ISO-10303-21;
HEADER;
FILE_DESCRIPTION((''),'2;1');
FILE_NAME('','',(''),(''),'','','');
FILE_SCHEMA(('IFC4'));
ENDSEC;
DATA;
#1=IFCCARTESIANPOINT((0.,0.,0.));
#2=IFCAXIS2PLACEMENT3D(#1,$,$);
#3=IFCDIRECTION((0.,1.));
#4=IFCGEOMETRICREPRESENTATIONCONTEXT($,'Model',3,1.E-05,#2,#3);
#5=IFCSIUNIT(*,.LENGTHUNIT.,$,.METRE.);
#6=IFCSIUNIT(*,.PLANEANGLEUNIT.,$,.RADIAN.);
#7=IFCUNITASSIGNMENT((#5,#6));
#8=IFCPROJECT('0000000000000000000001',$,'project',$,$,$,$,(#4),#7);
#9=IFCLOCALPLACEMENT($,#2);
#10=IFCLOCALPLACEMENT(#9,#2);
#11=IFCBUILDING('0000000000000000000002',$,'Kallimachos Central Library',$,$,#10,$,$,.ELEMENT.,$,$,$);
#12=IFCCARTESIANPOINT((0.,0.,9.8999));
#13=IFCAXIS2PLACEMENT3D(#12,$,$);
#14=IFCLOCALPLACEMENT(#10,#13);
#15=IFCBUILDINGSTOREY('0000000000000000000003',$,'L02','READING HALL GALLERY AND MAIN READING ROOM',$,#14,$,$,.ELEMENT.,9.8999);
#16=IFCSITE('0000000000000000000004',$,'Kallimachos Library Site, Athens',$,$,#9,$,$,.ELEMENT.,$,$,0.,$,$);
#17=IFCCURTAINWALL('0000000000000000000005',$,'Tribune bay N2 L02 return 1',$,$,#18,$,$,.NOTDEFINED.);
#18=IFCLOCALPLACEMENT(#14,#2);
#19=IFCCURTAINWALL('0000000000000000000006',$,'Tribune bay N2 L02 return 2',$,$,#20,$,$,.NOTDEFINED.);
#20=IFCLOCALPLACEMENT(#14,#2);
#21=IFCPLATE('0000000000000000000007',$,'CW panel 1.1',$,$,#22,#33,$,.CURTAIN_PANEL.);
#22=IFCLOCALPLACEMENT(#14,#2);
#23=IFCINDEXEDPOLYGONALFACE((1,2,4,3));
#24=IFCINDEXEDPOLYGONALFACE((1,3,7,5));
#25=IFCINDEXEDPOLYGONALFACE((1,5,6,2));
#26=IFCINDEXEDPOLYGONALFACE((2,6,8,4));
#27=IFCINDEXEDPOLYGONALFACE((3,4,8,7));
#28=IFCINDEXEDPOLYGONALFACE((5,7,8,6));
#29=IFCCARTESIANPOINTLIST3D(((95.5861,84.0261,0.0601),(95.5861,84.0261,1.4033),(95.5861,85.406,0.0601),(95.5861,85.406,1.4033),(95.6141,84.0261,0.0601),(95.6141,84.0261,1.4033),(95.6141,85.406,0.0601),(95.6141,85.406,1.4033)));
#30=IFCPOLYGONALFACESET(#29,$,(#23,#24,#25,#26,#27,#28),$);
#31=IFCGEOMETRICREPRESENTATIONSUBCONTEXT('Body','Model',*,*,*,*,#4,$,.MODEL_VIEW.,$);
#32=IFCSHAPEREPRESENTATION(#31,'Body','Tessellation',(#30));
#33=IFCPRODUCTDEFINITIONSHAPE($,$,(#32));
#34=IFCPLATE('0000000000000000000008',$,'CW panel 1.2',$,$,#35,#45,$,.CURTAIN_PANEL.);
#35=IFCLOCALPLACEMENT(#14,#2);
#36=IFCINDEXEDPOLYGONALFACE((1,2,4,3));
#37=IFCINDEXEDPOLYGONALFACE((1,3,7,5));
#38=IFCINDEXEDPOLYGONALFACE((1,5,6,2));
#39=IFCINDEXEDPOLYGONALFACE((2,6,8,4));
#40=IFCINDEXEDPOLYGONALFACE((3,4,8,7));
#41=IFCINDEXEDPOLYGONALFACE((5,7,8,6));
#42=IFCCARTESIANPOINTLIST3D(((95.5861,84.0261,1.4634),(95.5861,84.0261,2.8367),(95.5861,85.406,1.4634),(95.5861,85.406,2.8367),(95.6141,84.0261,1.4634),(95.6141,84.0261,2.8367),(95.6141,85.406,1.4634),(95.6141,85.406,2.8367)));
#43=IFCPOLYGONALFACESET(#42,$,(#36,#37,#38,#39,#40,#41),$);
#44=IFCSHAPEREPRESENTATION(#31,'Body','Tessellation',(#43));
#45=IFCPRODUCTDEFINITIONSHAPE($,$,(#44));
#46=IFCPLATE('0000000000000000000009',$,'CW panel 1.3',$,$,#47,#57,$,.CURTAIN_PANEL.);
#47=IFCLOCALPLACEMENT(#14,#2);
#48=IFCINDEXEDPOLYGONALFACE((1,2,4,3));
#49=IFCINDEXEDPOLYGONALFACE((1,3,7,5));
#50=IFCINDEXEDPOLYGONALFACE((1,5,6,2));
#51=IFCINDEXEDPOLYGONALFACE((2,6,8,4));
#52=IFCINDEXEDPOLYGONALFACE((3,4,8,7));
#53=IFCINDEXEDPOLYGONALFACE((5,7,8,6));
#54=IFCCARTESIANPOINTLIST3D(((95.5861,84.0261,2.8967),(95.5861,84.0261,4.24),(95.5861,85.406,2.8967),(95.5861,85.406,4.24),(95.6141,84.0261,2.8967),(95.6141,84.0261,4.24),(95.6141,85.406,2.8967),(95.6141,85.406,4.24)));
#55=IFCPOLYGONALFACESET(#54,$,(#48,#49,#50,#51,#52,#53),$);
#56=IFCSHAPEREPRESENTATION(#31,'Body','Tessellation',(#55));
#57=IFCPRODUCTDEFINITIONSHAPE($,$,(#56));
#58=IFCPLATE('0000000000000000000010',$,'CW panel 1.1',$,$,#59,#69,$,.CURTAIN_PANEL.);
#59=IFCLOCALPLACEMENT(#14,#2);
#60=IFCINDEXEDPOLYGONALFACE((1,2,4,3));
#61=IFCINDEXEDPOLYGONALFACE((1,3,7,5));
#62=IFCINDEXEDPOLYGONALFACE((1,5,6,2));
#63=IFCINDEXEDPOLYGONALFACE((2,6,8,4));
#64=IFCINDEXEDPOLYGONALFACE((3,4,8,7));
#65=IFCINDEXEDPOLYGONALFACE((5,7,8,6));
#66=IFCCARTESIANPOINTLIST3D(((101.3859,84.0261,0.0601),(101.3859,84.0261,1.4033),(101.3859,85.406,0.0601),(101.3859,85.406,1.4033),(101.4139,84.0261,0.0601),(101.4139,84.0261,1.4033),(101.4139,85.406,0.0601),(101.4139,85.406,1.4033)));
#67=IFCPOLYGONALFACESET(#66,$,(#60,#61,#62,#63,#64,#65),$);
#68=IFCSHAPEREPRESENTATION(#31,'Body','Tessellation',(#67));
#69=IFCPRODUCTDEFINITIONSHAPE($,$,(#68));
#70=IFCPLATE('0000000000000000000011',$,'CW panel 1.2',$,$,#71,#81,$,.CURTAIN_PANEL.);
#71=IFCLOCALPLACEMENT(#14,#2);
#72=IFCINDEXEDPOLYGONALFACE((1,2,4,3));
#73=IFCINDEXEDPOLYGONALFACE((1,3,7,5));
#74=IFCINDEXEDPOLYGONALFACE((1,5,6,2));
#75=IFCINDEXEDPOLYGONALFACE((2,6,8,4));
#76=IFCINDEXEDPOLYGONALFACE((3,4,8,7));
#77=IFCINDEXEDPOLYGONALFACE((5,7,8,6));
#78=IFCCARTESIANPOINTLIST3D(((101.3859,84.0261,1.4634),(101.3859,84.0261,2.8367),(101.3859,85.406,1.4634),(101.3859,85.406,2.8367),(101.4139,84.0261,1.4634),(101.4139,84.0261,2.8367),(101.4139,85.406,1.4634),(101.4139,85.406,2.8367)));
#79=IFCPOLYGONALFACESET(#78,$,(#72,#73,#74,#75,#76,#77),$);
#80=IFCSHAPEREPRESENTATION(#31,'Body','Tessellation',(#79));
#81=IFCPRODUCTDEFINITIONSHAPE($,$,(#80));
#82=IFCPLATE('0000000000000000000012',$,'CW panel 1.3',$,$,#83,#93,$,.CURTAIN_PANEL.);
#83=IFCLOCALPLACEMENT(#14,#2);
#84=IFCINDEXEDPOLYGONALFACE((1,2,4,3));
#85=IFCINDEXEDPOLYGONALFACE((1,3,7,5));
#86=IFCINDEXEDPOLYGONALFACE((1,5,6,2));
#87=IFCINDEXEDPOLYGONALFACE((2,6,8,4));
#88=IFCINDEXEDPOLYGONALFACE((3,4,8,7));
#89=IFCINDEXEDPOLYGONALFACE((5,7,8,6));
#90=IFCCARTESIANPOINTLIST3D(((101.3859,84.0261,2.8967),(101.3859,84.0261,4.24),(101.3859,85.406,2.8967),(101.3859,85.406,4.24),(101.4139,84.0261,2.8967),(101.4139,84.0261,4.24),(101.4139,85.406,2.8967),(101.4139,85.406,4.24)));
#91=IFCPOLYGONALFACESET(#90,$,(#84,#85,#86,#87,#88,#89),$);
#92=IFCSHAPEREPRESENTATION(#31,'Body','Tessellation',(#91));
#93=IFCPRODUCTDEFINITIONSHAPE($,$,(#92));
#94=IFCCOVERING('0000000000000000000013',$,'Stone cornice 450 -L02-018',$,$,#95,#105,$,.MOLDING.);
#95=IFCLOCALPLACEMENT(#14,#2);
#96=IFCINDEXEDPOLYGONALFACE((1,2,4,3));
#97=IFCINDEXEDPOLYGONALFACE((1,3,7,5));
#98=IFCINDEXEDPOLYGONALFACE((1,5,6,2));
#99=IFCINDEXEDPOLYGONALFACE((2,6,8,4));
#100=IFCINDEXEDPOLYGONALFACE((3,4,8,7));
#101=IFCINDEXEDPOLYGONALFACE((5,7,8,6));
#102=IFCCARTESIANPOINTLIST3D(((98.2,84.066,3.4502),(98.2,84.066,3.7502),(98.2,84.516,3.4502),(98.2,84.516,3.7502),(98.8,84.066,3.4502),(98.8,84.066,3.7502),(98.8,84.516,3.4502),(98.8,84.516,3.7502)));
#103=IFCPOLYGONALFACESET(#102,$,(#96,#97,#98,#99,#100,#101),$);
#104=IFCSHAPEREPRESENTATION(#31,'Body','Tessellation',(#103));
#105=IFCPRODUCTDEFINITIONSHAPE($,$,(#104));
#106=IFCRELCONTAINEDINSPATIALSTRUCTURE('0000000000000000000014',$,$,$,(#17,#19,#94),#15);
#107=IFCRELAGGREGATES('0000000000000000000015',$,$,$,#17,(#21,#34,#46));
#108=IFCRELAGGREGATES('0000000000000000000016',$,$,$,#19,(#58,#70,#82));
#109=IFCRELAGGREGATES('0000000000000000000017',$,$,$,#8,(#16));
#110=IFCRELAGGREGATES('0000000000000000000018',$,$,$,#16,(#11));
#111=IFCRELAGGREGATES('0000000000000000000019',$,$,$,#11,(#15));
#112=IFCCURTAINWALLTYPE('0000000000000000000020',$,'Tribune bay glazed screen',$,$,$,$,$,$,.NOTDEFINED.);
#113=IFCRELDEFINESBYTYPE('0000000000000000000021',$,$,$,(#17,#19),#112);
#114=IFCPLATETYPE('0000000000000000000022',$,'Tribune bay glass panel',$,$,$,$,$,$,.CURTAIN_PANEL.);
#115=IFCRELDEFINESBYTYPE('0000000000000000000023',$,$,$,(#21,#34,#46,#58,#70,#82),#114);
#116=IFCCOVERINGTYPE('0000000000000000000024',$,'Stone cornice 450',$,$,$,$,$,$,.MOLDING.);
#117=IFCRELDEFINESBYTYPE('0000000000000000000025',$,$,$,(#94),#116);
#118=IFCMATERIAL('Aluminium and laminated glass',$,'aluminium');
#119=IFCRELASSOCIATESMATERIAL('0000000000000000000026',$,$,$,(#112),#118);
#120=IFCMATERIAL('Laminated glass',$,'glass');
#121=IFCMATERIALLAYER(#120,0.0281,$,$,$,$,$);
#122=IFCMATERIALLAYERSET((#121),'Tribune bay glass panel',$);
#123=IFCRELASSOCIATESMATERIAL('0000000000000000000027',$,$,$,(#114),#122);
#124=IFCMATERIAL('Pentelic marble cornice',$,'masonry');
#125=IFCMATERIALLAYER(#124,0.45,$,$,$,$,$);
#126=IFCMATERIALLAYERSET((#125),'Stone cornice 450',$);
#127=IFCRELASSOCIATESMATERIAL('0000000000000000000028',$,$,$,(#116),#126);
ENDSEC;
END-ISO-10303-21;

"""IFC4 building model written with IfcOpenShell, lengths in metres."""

from ifc_helpers import new_model, si_unit, direction, frame, origin, origin_2d, place, context, subcontext, project, spatial, rectangle, extrude, material, layer, layer_set, type_object, element, aggregate, save


model = new_model("IFC4")

# Units and contexts
model_context = context("Model", 3, precision=1e-05, world=origin(), true_north=direction((0.0, 1.0)))
body_context = subcontext(model_context, "Body", "Model", "MODEL_VIEW")
ifc_project = project(units=[si_unit("LENGTHUNIT", "METRE"), si_unit("PLANEANGLEUNIT", "RADIAN")], contexts=[model_context])

# Site, building, storey
site_placement = place(None, origin())
site = spatial("IfcSite", under=ifc_project, at=site_placement, Name="Kallimachos Library Site, Athens", CompositionType="ELEMENT", RefElevation=0.0)
building_placement = place(site_placement, origin())
building = spatial("IfcBuilding", under=site, at=building_placement, Name="Kallimachos Central Library", CompositionType="ELEMENT")
storey_placement = place(building_placement, frame((0.0, 0.0, 9.8999)))
storey = spatial("IfcBuildingStorey", under=building, at=storey_placement, Name="L02", Description="READING HALL GALLERY AND MAIN READING ROOM", CompositionType="ELEMENT", Elevation=9.8999)

# Shared definitions
ifc_material_1 = material(Name="Aluminium and laminated glass", Category="aluminium")
curtain_wall_type = type_object("IfcCurtainWallType", Name="Tribune bay glazed screen", PredefinedType="NOTDEFINED", material=ifc_material_1)

# Curtain walls
curtain_wall_1_placement = place(storey_placement, origin())
curtain_wall_1 = element("IfcCurtainWall", 1, at=curtain_wall_1_placement, inside=storey, type_object=curtain_wall_type, Name="Tribune bay N2 L02 return 1", PredefinedType="NOTDEFINED")
curtain_wall_2_placement = place(storey_placement, origin())
curtain_wall_2 = element("IfcCurtainWall", 2, at=curtain_wall_2_placement, inside=storey, type_object=curtain_wall_type, Name="Tribune bay N2 L02 return 2", PredefinedType="NOTDEFINED")

# Plates
ifc_material_2 = material(Name="Laminated glass", Category="glass")
ifc_layer_1 = layer(ifc_material_2, 0.0281)
ifc_layer_set_1 = layer_set([ifc_layer_1], Name="Tribune bay glass panel")
plate_type = type_object("IfcPlateType", Name="Tribune bay glass panel", PredefinedType="CURTAIN_PANEL", material=ifc_layer_set_1)
plate_1_placement = place(storey_placement, frame((95.6001, 84.7161, 0.0601), z_axis=(0.0, 0.0, 1.0), x_axis=(0.0, 1.0, 0.0)))
plate_1 = element("IfcPlate", 3, at=plate_1_placement, type_object=plate_type, Name="CW panel 1.1", PredefinedType="CURTAIN_PANEL", context=body_context, shape_type="SweptSolid", body=[
    extrude(rectangle(XDim=1.3799, YDim=0.0281, at=origin_2d()), origin(), (0.0, 0.0, 1.0), 1.3433),
])
plate_2_placement = place(storey_placement, frame((95.6001, 84.7161, 1.4634), z_axis=(0.0, 0.0, 1.0), x_axis=(0.0, 1.0, 0.0)))
plate_2 = element("IfcPlate", 4, at=plate_2_placement, type_object=plate_type, Name="CW panel 1.2", PredefinedType="CURTAIN_PANEL", context=body_context, shape_type="SweptSolid", body=[
    extrude(rectangle(XDim=1.3799, YDim=0.0281, at=origin_2d()), origin(), (0.0, 0.0, 1.0), 1.3733),
])
plate_3_placement = place(storey_placement, frame((95.6001, 84.7161, 2.8967), z_axis=(0.0, 0.0, 1.0), x_axis=(0.0, 1.0, 0.0)))
plate_3 = element("IfcPlate", 5, at=plate_3_placement, type_object=plate_type, Name="CW panel 1.3", PredefinedType="CURTAIN_PANEL", context=body_context, shape_type="SweptSolid", body=[
    extrude(rectangle(XDim=1.3799, YDim=0.0281, at=origin_2d()), origin(), (0.0, 0.0, 1.0), 1.3433),
])
aggregate(curtain_wall_1, [plate_1, plate_2, plate_3])
plate_4_placement = place(storey_placement, frame((101.3999, 84.7161, 0.0601), z_axis=(0.0, 0.0, 1.0), x_axis=(0.0, 1.0, 0.0)))
plate_4 = element("IfcPlate", 6, at=plate_4_placement, type_object=plate_type, Name="CW panel 1.1", PredefinedType="CURTAIN_PANEL", context=body_context, shape_type="SweptSolid", body=[
    extrude(rectangle(XDim=1.3799, YDim=0.0281, at=origin_2d()), origin(), (0.0, 0.0, 1.0), 1.3433),
])
plate_5_placement = place(storey_placement, frame((101.3999, 84.7161, 1.4634), z_axis=(0.0, 0.0, 1.0), x_axis=(0.0, 1.0, 0.0)))
plate_5 = element("IfcPlate", 7, at=plate_5_placement, type_object=plate_type, Name="CW panel 1.2", PredefinedType="CURTAIN_PANEL", context=body_context, shape_type="SweptSolid", body=[
    extrude(rectangle(XDim=1.3799, YDim=0.0281, at=origin_2d()), origin(), (0.0, 0.0, 1.0), 1.3733),
])
plate_6_placement = place(storey_placement, frame((101.3999, 84.7161, 2.8967), z_axis=(0.0, 0.0, 1.0), x_axis=(0.0, 1.0, 0.0)))
plate_6 = element("IfcPlate", 8, at=plate_6_placement, type_object=plate_type, Name="CW panel 1.3", PredefinedType="CURTAIN_PANEL", context=body_context, shape_type="SweptSolid", body=[
    extrude(rectangle(XDim=1.3799, YDim=0.0281, at=origin_2d()), origin(), (0.0, 0.0, 1.0), 1.3433),
])
aggregate(curtain_wall_2, [plate_4, plate_5, plate_6])

# Covering
ifc_material_3 = material(Name="Pentelic marble cornice", Category="masonry")
ifc_layer_2 = layer(ifc_material_3, 0.45)
ifc_layer_set_2 = layer_set([ifc_layer_2], Name="Stone cornice 450")
covering_type = type_object("IfcCoveringType", Name="Stone cornice 450", PredefinedType="MOLDING", material=ifc_layer_set_2)
covering_placement = place(storey_placement, frame((98.5, 84.291, 3.4502), z_axis=(0.0, 0.0, 1.0), x_axis=(1.0, 0.0, 0.0)))
element("IfcCovering", 9, at=covering_placement, inside=storey, type_object=covering_type, Name="Stone cornice 450 -L02-018", PredefinedType="MOLDING", context=body_context, shape_type="SweptSolid", body=[
    extrude(rectangle(XDim=0.6001, YDim=0.45, at=origin_2d()), origin(), (0.0, 0.0, 1.0), 0.3),
])

save(model, "model.ifc")
